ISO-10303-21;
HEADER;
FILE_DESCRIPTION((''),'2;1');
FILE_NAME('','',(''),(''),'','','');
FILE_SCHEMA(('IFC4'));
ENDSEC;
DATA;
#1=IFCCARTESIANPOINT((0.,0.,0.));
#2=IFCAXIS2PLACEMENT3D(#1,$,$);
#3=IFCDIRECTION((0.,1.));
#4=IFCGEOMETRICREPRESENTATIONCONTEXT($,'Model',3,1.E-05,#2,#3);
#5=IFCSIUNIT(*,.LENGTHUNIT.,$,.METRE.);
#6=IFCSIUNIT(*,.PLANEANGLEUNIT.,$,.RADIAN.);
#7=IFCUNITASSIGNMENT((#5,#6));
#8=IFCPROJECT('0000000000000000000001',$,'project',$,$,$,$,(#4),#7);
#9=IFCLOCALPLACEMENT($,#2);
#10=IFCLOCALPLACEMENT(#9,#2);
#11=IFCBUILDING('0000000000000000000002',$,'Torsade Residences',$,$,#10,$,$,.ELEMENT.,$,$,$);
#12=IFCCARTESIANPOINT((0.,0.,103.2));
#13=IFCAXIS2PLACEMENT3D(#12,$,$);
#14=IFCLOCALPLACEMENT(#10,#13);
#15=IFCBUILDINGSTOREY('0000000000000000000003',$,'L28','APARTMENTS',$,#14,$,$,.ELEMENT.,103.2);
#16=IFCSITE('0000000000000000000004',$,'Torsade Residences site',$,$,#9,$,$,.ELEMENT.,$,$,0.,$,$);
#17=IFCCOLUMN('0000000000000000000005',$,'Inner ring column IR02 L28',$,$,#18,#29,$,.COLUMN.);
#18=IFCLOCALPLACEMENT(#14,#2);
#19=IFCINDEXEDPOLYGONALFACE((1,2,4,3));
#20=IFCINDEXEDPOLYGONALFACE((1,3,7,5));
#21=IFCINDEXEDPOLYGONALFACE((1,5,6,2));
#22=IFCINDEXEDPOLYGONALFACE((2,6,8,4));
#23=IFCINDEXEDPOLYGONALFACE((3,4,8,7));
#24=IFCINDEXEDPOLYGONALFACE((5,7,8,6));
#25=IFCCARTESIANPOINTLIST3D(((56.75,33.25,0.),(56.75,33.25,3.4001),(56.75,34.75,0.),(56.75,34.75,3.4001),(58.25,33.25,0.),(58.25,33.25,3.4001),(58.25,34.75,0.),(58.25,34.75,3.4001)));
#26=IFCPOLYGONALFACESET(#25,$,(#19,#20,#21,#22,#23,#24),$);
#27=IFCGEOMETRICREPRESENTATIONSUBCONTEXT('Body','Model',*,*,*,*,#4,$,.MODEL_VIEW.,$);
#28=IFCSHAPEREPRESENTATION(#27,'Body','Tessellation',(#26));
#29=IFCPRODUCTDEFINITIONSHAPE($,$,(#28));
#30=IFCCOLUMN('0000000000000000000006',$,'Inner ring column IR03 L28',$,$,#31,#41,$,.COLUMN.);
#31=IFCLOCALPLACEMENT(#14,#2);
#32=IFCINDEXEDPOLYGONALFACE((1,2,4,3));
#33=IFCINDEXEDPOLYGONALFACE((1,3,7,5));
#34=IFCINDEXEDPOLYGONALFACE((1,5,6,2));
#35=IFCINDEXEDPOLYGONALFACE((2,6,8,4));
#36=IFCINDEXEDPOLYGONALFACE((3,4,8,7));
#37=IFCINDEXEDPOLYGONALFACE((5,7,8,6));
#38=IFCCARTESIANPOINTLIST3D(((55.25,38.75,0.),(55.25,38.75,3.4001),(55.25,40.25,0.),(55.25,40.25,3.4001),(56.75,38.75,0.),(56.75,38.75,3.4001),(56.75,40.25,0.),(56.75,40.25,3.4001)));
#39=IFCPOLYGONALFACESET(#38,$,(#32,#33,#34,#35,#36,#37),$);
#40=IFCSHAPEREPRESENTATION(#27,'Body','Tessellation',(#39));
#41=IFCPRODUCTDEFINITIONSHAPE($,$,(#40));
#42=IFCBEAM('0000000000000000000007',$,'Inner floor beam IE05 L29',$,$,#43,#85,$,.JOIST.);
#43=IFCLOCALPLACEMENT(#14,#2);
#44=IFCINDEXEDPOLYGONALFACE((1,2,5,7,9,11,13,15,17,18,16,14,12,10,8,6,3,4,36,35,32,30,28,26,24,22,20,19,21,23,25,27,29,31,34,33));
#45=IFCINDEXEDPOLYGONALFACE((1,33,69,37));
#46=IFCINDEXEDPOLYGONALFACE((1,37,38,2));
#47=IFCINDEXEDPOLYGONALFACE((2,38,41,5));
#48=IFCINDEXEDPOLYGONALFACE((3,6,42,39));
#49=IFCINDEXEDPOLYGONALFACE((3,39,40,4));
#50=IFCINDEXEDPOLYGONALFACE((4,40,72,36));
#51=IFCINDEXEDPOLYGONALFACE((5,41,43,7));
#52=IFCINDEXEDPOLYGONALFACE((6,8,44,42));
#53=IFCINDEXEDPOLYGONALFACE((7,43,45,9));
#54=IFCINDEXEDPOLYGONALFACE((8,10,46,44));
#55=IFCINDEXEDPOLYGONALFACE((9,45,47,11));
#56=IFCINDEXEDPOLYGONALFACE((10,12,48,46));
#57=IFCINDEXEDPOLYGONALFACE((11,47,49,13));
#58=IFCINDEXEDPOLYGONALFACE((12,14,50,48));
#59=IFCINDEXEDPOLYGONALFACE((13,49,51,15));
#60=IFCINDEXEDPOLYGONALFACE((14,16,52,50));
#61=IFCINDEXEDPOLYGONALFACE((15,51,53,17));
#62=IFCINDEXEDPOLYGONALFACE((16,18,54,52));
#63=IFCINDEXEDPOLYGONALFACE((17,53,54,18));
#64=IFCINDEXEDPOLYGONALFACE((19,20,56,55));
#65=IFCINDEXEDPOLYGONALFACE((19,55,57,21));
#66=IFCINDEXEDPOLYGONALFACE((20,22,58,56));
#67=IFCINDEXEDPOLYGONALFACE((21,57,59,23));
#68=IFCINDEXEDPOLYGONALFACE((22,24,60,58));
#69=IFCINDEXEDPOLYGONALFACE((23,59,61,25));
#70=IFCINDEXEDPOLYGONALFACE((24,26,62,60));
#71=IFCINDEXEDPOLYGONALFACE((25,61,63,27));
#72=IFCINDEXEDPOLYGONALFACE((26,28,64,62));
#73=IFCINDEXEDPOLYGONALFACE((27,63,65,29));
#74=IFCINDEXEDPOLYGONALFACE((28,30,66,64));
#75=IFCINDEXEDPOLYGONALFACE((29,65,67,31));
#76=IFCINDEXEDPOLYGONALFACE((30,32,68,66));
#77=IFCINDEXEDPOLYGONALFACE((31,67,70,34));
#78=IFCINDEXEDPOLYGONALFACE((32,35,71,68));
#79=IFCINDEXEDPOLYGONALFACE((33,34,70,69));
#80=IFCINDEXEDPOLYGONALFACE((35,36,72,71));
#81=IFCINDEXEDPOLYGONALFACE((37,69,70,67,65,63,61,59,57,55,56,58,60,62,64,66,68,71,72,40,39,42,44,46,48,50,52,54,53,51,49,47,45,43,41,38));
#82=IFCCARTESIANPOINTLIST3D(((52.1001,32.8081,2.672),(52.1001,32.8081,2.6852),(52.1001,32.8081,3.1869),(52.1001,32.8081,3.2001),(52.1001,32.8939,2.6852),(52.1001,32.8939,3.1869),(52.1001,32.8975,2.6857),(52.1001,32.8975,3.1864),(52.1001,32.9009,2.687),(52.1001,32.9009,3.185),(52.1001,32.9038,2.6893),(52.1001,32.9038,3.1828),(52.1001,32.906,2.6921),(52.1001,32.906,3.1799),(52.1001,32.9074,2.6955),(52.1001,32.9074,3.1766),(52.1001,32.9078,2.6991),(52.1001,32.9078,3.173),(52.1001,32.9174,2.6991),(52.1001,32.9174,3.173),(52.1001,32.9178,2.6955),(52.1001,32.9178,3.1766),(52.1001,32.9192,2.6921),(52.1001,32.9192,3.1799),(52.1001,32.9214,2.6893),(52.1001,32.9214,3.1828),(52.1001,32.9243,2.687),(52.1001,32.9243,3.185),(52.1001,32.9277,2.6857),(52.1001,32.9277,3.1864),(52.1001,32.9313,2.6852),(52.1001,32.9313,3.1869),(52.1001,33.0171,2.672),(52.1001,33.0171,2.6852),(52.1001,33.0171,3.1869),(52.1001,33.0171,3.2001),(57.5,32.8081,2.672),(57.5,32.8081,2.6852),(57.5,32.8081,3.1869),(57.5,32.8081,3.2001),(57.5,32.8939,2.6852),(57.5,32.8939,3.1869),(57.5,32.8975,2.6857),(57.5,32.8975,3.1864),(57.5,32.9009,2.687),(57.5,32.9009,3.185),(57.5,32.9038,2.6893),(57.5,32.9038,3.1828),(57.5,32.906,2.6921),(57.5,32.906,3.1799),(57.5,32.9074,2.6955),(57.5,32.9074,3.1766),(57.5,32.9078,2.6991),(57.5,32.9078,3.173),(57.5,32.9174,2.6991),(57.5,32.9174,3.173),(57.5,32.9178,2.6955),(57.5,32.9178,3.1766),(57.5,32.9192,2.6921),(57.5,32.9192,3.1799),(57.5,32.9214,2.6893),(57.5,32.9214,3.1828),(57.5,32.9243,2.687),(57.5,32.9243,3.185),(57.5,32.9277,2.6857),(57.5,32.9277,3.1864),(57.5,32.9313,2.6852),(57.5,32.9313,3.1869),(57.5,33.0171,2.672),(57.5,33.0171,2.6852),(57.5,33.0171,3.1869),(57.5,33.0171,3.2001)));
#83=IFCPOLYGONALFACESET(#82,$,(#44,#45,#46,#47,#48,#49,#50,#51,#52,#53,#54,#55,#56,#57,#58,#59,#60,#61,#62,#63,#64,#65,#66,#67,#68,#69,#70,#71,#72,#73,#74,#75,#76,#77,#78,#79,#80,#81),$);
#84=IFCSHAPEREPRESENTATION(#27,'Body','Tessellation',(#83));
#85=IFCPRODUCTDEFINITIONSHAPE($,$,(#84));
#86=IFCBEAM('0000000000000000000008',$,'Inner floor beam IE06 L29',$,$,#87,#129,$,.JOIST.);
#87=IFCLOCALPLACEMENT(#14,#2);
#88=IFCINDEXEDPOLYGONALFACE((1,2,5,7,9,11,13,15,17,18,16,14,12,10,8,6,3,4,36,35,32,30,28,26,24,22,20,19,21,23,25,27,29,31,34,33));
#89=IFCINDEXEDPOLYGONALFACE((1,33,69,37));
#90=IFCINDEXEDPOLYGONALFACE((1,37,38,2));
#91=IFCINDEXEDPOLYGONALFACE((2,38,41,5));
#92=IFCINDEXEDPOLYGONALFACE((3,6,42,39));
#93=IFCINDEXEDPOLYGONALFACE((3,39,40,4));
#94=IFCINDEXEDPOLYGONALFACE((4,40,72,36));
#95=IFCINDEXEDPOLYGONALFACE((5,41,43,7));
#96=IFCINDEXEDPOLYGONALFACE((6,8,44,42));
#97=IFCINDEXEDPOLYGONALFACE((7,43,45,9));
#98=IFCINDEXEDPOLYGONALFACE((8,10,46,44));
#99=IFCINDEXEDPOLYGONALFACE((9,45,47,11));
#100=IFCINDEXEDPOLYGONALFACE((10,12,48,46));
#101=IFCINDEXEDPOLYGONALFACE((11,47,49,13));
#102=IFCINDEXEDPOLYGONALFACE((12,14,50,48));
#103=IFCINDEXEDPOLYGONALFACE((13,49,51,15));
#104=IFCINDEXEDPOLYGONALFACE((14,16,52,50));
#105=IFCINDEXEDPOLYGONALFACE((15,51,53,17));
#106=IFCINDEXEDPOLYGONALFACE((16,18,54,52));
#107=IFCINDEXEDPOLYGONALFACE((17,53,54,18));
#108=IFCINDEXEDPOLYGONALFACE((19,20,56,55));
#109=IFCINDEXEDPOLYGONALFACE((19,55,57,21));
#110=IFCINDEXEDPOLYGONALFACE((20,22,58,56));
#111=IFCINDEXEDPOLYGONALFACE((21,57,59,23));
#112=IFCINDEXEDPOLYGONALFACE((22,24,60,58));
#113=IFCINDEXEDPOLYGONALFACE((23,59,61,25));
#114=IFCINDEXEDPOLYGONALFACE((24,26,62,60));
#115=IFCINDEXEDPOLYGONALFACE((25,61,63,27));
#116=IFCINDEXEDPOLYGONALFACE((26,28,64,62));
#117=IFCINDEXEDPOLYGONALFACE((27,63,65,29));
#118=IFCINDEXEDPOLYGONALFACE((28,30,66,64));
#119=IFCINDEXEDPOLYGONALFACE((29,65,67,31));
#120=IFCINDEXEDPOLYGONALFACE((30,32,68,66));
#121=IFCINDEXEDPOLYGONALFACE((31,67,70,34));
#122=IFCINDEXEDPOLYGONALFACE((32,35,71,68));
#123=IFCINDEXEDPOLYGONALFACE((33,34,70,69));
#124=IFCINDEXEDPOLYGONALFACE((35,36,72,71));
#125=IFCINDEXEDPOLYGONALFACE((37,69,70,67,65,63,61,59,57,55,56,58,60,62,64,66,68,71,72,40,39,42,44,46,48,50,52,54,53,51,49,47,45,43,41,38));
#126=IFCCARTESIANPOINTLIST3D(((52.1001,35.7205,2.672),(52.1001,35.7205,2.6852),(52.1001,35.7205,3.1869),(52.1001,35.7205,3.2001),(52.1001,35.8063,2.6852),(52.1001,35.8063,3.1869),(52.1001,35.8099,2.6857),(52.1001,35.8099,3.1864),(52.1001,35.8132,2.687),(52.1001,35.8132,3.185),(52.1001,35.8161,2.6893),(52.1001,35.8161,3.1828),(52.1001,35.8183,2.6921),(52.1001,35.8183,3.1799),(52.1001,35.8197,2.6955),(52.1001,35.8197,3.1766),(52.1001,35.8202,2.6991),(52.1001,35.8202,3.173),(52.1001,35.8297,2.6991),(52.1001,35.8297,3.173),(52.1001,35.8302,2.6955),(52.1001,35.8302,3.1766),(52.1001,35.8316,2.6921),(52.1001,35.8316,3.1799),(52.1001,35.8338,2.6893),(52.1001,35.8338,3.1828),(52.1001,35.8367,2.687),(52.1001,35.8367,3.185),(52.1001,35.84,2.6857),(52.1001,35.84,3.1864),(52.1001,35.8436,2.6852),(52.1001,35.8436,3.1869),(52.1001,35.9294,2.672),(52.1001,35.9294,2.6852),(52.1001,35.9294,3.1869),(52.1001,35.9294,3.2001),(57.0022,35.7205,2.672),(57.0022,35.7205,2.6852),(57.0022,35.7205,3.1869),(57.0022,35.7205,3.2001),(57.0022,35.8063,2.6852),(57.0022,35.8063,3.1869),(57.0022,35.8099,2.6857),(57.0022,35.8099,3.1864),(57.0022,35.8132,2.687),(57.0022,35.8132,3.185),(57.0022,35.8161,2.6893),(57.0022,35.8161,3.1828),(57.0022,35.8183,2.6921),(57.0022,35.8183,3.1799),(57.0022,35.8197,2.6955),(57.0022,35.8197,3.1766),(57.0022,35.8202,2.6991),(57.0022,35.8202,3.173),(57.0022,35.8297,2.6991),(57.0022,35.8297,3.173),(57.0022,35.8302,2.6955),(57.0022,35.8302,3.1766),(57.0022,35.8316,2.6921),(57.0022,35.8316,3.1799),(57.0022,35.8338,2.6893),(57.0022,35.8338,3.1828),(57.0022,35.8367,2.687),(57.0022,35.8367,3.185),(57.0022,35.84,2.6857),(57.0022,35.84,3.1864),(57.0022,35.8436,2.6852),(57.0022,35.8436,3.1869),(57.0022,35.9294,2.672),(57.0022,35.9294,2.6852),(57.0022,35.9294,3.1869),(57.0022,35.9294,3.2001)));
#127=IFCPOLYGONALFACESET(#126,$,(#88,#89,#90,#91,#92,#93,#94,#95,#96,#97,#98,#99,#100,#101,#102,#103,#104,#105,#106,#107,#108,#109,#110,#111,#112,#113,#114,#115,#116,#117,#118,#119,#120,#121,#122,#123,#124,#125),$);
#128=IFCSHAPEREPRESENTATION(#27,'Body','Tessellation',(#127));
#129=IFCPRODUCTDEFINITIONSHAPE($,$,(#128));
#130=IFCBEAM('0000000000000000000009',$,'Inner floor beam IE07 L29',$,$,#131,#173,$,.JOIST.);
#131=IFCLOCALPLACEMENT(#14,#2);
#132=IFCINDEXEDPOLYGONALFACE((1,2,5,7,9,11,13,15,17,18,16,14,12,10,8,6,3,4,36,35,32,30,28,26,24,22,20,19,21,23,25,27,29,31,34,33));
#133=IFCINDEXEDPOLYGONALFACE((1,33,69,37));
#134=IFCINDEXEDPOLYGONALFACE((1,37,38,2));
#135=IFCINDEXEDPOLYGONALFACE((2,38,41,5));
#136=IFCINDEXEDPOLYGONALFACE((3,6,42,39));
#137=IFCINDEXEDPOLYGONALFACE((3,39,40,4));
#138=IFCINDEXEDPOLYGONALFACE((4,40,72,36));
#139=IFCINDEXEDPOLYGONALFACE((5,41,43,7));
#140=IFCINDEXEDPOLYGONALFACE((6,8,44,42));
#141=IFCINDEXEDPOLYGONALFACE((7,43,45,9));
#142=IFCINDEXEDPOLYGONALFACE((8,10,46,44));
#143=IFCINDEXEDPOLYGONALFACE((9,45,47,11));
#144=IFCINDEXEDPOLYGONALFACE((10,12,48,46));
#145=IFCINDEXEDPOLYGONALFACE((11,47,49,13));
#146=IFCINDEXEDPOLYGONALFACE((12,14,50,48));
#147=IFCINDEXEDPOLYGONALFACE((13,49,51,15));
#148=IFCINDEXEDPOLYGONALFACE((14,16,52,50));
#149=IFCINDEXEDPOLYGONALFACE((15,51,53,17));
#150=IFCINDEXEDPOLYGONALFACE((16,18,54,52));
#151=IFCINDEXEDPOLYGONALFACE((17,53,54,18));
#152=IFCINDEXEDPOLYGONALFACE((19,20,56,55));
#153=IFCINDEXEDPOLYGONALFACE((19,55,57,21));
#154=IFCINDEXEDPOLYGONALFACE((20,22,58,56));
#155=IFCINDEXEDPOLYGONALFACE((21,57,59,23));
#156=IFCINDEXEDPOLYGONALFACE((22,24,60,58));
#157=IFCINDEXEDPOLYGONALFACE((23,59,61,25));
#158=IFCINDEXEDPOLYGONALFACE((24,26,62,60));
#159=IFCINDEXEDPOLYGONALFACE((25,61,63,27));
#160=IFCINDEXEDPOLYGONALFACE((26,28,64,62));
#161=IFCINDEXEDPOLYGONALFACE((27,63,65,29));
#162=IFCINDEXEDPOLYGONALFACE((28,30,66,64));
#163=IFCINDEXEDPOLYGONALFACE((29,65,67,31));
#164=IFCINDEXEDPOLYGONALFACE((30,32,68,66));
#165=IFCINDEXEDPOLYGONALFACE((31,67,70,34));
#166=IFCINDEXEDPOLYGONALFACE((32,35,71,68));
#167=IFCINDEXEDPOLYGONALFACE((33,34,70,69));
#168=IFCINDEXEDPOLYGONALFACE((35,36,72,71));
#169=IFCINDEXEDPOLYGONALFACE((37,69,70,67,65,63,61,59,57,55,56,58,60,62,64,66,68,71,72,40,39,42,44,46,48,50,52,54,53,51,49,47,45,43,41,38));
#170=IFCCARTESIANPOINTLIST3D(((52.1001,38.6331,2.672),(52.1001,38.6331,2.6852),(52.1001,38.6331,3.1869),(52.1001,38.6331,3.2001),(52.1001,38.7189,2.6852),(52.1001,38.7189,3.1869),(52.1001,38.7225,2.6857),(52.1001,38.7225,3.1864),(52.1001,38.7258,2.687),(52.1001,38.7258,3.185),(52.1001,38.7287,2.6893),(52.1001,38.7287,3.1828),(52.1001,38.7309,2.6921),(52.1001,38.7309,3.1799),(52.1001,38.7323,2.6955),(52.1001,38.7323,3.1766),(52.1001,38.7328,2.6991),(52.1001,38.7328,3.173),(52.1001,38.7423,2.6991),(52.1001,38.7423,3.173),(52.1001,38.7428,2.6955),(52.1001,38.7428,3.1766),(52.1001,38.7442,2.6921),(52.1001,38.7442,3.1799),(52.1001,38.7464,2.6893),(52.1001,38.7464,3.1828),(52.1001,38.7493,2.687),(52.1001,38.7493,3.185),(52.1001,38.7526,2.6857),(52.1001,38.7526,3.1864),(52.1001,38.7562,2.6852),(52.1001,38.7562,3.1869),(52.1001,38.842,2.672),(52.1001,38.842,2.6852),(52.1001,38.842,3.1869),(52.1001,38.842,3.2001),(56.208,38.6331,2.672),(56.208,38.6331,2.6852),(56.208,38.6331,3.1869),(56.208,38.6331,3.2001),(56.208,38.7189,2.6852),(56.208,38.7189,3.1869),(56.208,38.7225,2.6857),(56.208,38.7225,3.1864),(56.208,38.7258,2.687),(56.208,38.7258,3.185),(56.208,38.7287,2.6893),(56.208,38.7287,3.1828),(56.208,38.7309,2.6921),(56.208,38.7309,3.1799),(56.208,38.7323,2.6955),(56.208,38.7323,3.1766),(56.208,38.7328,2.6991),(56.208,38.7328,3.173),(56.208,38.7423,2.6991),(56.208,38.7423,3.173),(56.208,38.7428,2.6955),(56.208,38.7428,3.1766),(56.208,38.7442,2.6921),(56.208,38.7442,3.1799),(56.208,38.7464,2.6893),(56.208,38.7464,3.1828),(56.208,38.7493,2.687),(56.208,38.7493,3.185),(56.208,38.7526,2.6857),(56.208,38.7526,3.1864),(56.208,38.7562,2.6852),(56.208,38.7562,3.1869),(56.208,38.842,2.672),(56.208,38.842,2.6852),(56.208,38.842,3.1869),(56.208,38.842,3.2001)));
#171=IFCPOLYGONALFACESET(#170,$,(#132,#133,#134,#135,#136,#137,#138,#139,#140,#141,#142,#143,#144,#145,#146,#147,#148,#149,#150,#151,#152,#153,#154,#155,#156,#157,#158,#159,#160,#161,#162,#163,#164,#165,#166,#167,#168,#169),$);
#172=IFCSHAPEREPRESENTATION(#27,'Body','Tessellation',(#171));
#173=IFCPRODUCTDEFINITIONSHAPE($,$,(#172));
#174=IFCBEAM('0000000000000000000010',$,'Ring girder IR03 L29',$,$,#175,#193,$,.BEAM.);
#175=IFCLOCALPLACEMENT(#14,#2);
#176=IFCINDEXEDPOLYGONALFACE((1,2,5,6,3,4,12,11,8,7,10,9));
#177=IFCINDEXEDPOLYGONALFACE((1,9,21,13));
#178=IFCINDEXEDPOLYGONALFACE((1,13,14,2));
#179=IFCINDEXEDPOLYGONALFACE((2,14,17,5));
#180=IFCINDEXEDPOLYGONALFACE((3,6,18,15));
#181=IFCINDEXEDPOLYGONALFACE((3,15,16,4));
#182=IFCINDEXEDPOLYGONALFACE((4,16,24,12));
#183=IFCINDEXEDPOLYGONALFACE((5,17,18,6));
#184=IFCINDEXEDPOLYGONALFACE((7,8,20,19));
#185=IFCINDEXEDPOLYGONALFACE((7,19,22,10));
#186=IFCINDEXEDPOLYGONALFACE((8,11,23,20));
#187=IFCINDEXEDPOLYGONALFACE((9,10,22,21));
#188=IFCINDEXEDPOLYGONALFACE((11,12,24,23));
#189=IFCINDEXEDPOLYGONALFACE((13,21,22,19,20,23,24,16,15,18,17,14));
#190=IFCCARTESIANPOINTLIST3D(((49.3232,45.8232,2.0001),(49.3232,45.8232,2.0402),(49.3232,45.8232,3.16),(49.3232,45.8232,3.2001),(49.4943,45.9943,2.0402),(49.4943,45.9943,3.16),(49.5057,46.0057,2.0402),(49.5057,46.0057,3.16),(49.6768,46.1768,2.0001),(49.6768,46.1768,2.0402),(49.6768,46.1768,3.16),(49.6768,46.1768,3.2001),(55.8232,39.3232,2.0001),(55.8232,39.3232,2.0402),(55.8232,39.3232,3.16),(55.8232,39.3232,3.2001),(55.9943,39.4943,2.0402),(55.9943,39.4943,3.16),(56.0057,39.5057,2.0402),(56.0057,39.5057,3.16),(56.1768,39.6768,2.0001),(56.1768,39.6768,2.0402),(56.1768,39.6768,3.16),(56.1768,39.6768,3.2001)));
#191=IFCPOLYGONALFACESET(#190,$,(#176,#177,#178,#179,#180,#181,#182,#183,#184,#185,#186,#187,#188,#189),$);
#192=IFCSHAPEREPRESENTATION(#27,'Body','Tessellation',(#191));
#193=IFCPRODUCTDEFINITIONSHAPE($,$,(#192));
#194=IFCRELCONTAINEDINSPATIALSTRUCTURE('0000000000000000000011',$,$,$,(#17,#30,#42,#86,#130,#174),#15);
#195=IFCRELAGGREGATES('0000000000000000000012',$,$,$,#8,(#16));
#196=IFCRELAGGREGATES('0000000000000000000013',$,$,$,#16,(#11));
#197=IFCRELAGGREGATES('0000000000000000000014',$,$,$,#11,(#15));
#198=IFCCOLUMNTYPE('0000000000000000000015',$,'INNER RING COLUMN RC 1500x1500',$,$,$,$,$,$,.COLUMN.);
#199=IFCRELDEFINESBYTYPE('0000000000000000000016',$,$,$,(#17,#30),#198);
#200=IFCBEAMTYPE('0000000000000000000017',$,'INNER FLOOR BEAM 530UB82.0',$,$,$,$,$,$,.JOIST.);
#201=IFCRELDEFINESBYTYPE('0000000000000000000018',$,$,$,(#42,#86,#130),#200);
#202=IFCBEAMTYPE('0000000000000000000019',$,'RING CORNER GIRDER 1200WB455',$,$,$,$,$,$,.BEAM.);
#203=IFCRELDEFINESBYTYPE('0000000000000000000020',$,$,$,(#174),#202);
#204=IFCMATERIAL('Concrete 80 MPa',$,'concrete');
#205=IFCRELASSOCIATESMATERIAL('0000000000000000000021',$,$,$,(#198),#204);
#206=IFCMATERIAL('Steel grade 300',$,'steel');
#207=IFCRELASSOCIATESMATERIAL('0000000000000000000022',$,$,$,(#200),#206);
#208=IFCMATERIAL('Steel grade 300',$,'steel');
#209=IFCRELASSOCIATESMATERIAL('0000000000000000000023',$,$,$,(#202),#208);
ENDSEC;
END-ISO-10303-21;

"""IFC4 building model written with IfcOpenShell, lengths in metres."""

from ifc_helpers import new_model, si_unit, direction, frame, origin, origin_2d, place, context, subcontext, project, spatial, rectangle, i_section, extrude, material, material_profile, profile_set, type_object, element, save


model = new_model("IFC4")

# Units and contexts
model_context = context("Model", 3, precision=1e-05, world=origin(), true_north=direction((0.0, 1.0)))
body_context = subcontext(model_context, "Body", "Model", "MODEL_VIEW")
ifc_project = project(units=[si_unit("LENGTHUNIT", "METRE"), si_unit("PLANEANGLEUNIT", "RADIAN")], contexts=[model_context])

# Site, building, storey
site_placement = place(None, origin())
site = spatial("IfcSite", under=ifc_project, at=site_placement, Name="Torsade Residences site", CompositionType="ELEMENT", RefElevation=0.0)
building_placement = place(site_placement, origin())
building = spatial("IfcBuilding", under=site, at=building_placement, Name="Torsade Residences", CompositionType="ELEMENT")
storey_placement = place(building_placement, frame((0.0, 0.0, 103.2)))
storey = spatial("IfcBuildingStorey", under=building, at=storey_placement, Name="L28", Description="APARTMENTS", CompositionType="ELEMENT", Elevation=103.2)

# Columns
ifc_material_1 = material(Name="Concrete 80 MPa", Category="concrete")
ifc_material_profile_1 = material_profile(ifc_material_1, rectangle(XDim=1.5, YDim=1.5, at=origin_2d()), Name="RC 1500x1500")
ifc_profile_set_1 = profile_set([ifc_material_profile_1], Name="Concrete 80 MPa")
column_type = type_object("IfcColumnType", Name="INNER RING COLUMN RC 1500x1500", PredefinedType="COLUMN", material=ifc_profile_set_1)
for number, where, z_axis, x_axis, name in (
    (1, (57.5, 34.0, 0.0), (0.0, 0.0, 1.0), (1.0, 0.0, 0.0), "Inner ring column IR02 L28"),
    (2, (56.0, 39.5, 0.0), (0.0, 0.0, 1.0), (1.0, 0.0, 0.0), "Inner ring column IR03 L28"),
):
    element("IfcColumn", number, at=place(storey_placement, frame(where, z_axis=z_axis, x_axis=x_axis)), inside=storey, type_object=column_type, Name=name, PredefinedType="COLUMN", context=body_context, shape_type="SweptSolid", body=[
        extrude(rectangle(XDim=1.5, YDim=1.5, at=origin_2d()), origin(), (0.0, 0.0, 1.0), 3.4001),
    ])

# Beams
ifc_material_2 = material(Name="Steel grade 300", Category="steel")
ifc_material_profile_2 = material_profile(ifc_material_2, i_section(OverallWidth=0.209, OverallDepth=0.5281, WebThickness=0.0095, FlangeThickness=0.0132, FilletRadius=0.0139, at=origin_2d()), Name="530UB82.0")
ifc_profile_set_2 = profile_set([ifc_material_profile_2], Name="Steel grade 300")
beam_type_1 = type_object("IfcBeamType", Name="INNER FLOOR BEAM 530UB82.0", PredefinedType="JOIST", material=ifc_profile_set_2)
beam_1_placement = place(storey_placement, frame((52.1001, 32.9126, 2.936), z_axis=(1.0, 0.0, 0.0), x_axis=(0.0, 1.0, 0.0)))
element("IfcBeam", 3, at=beam_1_placement, inside=storey, type_object=beam_type_1, Name="Inner floor beam IE05 L29", PredefinedType="JOIST", context=body_context, shape_type="SweptSolid", body=[
    extrude(i_section(OverallWidth=0.209, OverallDepth=0.5281, WebThickness=0.0095, FlangeThickness=0.0132, FilletRadius=0.0139, at=origin_2d()), origin(), (0.0, 0.0, 1.0), 5.3999),
])
beam_2_placement = place(storey_placement, frame((52.1001, 35.825, 2.936), z_axis=(1.0, 0.0, 0.0), x_axis=(0.0, 1.0, 0.0)))
element("IfcBeam", 4, at=beam_2_placement, inside=storey, type_object=beam_type_1, Name="Inner floor beam IE06 L29", PredefinedType="JOIST", context=body_context, shape_type="SweptSolid", body=[
    extrude(i_section(OverallWidth=0.209, OverallDepth=0.5281, WebThickness=0.0095, FlangeThickness=0.0132, FilletRadius=0.0139, at=origin_2d()), origin(), (0.0, 0.0, 1.0), 4.9021),
])
beam_3_placement = place(storey_placement, frame((52.1001, 38.7375, 2.936), z_axis=(1.0, 0.0, 0.0), x_axis=(0.0, 1.0, 0.0)))
element("IfcBeam", 5, at=beam_3_placement, inside=storey, type_object=beam_type_1, Name="Inner floor beam IE07 L29", PredefinedType="JOIST", context=body_context, shape_type="SweptSolid", body=[
    extrude(i_section(OverallWidth=0.209, OverallDepth=0.5281, WebThickness=0.0095, FlangeThickness=0.0132, FilletRadius=0.0139, at=origin_2d()), origin(), (0.0, 0.0, 1.0), 4.1079),
])
ifc_material_3 = material(Name="Steel grade 300", Category="steel")
ifc_material_profile_3 = material_profile(ifc_material_3, i_section(OverallWidth=0.5, OverallDepth=1.2, WebThickness=0.0161, FlangeThickness=0.04, at=origin_2d()), Name="1200WB455")
ifc_profile_set_3 = profile_set([ifc_material_profile_3], Name="Steel grade 300")
beam_type_2 = type_object("IfcBeamType", Name="RING CORNER GIRDER 1200WB455", PredefinedType="BEAM", material=ifc_profile_set_3)
beam_4_placement = place(storey_placement, frame((56.0, 39.5, 2.6001), z_axis=(-0.707107, 0.707107, 0.0), x_axis=(-0.707107, -0.707107, 0.0)))
element("IfcBeam", 6, at=beam_4_placement, inside=storey, type_object=beam_type_2, Name="Ring girder IR03 L29", PredefinedType="BEAM", context=body_context, shape_type="SweptSolid", body=[
    extrude(i_section(OverallWidth=0.5, OverallDepth=1.2, WebThickness=0.0161, FlangeThickness=0.04, at=origin_2d()), origin(), (0.0, 0.0, 1.0), 9.1924),
])

save(model, "model.ifc")
